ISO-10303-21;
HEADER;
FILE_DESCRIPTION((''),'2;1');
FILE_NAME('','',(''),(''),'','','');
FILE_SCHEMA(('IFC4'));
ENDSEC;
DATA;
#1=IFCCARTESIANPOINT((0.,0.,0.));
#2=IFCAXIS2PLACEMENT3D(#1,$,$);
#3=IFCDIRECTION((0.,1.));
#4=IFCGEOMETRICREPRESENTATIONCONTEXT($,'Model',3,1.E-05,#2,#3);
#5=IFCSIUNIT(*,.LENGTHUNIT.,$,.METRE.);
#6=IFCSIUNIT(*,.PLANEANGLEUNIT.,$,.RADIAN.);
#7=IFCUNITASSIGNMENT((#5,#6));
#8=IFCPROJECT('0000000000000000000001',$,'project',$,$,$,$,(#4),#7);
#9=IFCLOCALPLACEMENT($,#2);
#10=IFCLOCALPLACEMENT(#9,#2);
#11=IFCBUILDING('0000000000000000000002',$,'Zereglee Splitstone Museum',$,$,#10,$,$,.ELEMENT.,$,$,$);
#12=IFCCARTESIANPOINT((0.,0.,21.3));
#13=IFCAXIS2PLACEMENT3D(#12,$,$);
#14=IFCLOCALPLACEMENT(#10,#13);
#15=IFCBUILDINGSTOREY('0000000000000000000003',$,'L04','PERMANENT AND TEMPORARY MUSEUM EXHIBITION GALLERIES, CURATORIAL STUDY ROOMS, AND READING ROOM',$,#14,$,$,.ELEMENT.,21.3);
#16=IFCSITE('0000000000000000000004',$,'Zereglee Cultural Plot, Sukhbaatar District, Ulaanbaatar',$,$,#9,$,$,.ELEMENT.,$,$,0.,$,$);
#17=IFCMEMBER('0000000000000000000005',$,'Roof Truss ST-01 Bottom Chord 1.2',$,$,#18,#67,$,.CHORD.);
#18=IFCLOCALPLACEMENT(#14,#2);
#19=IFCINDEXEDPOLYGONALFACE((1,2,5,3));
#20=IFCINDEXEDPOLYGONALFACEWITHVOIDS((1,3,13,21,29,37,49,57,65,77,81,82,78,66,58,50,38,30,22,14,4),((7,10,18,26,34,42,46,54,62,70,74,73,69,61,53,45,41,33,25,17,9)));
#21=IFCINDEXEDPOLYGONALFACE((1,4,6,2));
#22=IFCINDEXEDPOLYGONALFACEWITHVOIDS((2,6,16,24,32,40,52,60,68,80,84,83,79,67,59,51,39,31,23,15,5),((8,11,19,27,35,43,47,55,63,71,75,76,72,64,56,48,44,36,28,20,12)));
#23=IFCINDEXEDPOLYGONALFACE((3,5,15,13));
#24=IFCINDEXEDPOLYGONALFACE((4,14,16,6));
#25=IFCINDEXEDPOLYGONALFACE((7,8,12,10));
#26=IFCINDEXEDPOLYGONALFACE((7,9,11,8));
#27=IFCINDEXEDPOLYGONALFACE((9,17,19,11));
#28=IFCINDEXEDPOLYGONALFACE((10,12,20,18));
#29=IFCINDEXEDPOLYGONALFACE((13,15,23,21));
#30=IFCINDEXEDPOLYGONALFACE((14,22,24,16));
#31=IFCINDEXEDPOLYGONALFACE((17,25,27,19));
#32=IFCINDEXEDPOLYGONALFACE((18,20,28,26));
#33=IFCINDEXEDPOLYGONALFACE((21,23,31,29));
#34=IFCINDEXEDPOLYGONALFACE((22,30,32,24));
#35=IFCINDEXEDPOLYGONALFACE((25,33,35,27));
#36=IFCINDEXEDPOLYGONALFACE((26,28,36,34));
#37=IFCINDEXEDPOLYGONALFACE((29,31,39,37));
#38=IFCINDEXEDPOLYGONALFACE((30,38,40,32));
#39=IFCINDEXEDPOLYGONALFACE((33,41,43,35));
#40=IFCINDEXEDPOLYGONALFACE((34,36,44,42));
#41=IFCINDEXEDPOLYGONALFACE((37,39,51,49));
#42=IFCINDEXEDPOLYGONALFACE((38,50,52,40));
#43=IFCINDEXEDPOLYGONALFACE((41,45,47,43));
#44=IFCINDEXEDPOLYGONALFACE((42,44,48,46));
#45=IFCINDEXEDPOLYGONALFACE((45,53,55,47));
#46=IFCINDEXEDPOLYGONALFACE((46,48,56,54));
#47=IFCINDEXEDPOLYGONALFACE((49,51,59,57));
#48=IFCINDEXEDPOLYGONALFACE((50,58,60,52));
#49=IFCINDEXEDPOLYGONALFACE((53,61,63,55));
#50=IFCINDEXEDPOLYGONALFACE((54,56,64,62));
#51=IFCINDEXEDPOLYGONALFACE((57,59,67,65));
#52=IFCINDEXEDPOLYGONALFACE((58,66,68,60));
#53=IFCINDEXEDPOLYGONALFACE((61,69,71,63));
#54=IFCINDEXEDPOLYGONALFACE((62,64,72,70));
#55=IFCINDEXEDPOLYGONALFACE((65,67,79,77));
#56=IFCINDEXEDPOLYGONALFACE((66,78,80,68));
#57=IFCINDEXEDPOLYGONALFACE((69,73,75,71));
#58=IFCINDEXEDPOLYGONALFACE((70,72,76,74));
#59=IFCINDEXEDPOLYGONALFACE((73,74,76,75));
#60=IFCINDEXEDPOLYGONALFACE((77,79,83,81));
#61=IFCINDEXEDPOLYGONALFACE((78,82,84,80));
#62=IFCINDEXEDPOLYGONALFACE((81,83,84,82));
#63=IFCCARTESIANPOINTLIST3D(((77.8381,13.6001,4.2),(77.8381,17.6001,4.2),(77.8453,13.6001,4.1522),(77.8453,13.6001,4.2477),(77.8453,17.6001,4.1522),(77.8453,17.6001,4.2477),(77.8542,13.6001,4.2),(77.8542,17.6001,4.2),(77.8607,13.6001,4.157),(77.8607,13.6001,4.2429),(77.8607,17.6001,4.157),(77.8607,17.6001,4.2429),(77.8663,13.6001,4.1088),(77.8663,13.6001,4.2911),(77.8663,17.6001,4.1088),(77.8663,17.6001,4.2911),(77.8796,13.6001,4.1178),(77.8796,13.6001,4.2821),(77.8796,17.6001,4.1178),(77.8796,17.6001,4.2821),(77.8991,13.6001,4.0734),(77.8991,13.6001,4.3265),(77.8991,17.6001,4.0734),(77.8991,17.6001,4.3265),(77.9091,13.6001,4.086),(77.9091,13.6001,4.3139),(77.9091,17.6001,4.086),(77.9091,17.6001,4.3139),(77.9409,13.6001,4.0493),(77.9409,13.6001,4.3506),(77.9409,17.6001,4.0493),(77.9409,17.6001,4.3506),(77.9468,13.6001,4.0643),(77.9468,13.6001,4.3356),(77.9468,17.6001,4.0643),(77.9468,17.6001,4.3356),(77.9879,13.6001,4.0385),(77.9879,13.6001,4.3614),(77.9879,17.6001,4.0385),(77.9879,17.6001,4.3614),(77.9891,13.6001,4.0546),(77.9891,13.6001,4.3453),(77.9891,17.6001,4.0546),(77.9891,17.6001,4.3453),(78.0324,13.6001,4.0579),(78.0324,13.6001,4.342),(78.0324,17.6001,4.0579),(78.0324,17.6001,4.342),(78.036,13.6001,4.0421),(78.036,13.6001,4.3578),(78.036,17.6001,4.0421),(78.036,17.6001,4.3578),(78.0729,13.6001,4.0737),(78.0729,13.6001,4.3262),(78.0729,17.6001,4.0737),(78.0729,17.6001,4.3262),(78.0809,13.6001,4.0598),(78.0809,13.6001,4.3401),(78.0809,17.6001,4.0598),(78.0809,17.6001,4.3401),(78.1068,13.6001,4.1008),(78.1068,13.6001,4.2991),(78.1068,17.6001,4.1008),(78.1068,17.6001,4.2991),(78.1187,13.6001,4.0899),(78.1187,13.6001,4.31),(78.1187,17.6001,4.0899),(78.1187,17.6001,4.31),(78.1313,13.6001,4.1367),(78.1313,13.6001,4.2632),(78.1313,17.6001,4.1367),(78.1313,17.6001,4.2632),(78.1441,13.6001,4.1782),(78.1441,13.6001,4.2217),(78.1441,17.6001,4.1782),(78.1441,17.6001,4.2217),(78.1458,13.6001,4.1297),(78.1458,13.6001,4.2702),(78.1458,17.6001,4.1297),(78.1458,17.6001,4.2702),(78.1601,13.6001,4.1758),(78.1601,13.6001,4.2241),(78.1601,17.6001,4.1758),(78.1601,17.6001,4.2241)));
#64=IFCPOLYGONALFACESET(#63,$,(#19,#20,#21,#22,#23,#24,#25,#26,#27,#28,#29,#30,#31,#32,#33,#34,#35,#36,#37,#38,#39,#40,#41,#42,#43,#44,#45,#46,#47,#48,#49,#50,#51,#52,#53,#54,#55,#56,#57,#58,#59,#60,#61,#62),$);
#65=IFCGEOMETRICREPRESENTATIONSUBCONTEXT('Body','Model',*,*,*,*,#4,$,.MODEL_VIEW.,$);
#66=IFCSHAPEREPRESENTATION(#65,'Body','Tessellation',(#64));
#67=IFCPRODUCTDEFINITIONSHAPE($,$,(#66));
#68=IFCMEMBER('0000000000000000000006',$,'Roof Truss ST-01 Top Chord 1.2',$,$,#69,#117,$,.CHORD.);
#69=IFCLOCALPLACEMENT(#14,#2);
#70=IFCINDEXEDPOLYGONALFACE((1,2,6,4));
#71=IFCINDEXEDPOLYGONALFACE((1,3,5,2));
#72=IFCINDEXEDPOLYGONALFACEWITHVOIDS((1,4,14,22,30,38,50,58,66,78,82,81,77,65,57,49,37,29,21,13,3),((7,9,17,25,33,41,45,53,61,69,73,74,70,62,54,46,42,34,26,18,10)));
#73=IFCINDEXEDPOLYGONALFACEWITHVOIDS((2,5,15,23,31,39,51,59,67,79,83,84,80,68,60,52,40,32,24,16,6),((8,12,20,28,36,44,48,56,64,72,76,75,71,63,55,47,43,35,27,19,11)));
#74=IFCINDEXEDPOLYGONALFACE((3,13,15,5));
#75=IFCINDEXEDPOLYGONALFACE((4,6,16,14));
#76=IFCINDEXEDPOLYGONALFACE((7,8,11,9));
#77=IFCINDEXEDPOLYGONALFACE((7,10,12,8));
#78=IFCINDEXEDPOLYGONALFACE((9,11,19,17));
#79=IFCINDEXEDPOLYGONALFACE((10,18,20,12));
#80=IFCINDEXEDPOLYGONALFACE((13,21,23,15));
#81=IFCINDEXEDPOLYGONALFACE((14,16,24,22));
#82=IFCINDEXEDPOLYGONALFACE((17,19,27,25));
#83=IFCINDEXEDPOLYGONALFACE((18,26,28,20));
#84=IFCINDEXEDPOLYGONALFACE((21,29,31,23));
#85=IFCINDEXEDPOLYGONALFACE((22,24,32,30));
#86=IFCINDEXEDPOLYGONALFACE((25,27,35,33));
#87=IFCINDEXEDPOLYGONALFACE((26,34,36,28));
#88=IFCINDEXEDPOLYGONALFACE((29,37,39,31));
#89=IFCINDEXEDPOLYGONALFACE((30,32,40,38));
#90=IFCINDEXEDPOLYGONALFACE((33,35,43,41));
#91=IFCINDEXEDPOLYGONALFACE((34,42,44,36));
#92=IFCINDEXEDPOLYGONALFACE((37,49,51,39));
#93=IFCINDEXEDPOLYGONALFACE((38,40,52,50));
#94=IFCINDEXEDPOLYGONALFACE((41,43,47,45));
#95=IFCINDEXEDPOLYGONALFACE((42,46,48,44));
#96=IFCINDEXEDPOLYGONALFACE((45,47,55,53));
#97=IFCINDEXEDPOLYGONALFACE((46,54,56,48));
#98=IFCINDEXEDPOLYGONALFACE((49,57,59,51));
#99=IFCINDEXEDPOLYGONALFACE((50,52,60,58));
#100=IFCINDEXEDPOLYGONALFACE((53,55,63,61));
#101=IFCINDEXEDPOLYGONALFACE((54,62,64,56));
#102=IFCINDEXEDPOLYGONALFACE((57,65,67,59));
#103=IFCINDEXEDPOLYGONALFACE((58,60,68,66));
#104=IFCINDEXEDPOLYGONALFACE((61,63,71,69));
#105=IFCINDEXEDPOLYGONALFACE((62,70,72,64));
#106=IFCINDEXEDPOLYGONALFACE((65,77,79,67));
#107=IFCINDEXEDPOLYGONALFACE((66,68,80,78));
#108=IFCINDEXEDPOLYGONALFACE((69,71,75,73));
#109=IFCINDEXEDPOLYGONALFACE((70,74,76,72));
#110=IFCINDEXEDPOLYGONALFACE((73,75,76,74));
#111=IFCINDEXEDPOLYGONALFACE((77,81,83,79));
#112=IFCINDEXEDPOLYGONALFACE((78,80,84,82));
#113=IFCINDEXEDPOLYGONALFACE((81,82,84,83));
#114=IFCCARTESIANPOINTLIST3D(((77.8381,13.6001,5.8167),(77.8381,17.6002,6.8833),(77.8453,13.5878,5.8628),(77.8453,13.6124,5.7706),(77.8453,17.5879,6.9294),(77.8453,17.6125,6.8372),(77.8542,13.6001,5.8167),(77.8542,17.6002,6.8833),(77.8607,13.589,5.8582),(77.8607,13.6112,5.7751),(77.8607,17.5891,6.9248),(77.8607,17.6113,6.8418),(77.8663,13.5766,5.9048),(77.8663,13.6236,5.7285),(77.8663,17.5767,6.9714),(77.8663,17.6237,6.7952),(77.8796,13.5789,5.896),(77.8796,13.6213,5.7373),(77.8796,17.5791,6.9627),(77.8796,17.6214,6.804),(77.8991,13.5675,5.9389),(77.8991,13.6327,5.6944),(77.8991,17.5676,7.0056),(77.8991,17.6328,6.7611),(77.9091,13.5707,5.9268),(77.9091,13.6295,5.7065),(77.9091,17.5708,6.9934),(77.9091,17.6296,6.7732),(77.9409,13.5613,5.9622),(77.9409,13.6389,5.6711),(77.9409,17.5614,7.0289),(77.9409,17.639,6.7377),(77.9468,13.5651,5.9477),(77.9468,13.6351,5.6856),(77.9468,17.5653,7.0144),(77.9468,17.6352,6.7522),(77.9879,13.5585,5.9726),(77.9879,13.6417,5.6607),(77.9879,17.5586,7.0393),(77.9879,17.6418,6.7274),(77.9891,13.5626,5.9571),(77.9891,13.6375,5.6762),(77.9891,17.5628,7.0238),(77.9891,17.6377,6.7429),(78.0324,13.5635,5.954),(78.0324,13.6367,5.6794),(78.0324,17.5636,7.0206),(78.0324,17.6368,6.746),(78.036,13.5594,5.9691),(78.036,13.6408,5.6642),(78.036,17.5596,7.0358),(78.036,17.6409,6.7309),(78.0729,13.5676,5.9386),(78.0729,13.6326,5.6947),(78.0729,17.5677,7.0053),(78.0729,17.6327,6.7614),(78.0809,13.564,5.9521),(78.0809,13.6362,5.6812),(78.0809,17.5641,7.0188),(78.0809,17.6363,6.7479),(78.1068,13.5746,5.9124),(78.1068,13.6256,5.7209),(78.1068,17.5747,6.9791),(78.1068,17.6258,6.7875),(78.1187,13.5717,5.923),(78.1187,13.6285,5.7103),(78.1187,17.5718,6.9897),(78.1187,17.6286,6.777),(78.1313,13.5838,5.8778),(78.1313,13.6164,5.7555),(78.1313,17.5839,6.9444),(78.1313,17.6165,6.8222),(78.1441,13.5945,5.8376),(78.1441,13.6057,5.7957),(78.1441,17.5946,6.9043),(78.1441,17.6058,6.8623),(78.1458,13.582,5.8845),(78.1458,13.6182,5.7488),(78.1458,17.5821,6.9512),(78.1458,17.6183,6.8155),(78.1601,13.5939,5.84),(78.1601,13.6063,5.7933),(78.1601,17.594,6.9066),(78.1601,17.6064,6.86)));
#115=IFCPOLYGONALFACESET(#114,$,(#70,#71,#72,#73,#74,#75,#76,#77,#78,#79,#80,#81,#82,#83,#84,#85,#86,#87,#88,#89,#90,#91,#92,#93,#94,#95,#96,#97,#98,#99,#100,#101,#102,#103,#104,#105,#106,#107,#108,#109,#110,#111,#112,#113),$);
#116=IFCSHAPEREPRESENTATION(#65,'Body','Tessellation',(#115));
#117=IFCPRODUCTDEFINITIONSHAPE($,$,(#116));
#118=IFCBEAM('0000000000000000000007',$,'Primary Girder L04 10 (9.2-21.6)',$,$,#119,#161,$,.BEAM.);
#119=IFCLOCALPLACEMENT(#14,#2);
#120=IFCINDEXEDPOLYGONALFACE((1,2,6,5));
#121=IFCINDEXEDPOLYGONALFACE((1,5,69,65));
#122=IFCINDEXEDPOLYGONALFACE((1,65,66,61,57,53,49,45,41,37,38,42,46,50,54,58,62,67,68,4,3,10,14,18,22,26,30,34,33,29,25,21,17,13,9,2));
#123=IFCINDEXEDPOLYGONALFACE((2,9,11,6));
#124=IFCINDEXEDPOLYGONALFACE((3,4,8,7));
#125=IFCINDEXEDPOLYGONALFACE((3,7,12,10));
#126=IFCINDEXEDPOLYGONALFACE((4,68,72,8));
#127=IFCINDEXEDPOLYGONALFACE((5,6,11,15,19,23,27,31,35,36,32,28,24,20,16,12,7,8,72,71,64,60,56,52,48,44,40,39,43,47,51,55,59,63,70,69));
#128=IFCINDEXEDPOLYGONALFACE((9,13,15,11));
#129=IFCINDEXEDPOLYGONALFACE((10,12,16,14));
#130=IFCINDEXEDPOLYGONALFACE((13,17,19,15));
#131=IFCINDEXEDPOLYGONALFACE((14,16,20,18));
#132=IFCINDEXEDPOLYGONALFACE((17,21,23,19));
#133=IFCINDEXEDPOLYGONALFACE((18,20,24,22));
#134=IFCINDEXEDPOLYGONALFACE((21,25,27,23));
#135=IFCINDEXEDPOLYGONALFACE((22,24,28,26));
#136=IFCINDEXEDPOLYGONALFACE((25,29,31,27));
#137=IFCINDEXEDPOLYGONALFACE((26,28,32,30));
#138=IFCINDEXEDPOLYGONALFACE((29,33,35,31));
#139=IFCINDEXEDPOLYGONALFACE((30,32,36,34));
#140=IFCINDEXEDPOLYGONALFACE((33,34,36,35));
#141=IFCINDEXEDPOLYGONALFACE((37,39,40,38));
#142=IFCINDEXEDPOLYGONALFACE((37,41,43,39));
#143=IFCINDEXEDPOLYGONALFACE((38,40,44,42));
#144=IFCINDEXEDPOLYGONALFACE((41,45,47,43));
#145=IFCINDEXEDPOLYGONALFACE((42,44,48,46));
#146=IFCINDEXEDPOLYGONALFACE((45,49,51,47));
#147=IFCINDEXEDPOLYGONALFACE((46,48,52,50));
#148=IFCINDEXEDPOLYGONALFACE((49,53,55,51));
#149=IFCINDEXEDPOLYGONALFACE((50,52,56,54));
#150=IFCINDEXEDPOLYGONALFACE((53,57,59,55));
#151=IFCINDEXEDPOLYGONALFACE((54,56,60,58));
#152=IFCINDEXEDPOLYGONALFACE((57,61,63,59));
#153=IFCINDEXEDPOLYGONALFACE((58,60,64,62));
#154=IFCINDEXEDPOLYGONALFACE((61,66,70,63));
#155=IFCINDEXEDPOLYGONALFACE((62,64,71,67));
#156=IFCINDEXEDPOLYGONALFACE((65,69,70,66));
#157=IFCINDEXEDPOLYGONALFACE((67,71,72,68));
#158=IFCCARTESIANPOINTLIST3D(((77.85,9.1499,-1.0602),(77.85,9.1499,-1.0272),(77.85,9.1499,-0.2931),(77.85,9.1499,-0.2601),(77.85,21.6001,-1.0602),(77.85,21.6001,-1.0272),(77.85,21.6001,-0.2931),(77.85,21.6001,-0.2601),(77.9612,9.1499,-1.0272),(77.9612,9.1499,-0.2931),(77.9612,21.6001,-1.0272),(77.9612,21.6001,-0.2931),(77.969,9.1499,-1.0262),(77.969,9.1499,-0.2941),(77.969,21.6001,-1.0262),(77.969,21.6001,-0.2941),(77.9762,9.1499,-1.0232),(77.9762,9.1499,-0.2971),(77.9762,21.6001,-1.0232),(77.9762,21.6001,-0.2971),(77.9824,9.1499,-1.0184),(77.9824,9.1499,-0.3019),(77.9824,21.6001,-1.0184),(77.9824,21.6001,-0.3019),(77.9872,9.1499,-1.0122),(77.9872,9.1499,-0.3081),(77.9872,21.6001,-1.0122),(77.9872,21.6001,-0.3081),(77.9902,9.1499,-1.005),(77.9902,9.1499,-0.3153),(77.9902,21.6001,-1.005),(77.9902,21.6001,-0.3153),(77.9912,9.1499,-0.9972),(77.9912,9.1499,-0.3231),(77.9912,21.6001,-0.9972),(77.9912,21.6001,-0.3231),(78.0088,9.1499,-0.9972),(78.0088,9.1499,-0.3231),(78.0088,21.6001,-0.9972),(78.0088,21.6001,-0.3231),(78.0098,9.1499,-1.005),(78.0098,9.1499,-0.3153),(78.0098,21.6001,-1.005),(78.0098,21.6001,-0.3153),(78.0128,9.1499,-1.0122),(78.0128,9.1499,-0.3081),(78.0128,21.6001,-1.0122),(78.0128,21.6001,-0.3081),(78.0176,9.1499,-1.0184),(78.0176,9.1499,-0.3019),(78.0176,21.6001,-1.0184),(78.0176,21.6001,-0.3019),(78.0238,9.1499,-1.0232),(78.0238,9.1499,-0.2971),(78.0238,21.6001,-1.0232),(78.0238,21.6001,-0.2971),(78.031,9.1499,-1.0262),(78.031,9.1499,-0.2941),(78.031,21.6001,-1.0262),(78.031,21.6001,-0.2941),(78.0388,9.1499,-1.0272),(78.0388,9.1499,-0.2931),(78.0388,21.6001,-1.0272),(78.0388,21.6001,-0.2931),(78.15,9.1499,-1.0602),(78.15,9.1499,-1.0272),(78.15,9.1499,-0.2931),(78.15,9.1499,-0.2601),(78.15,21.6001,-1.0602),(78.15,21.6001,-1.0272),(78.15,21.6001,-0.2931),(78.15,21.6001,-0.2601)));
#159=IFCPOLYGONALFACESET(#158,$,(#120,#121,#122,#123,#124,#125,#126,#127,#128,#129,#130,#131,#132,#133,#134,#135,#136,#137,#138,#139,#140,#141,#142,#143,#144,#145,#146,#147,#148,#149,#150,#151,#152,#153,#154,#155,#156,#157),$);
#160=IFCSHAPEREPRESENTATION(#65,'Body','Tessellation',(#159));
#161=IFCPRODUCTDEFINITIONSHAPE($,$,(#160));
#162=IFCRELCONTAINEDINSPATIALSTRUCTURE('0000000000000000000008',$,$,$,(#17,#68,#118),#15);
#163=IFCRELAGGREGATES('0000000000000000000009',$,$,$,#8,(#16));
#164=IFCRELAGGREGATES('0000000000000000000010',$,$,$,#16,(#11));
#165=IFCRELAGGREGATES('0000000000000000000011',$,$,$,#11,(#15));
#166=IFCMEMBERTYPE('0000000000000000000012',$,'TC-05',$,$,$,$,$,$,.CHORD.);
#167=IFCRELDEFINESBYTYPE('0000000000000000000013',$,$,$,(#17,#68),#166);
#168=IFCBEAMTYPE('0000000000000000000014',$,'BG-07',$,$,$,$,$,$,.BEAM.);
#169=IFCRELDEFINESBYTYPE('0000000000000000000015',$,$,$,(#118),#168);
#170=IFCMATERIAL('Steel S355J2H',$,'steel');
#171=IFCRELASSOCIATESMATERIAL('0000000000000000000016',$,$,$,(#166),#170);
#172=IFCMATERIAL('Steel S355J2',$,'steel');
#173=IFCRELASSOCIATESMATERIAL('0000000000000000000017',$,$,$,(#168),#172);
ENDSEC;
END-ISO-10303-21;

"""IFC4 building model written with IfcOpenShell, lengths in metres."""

from ifc_helpers import new_model, si_unit, direction, frame, origin, origin_2d, place, context, subcontext, project, spatial, hollow_circle, i_section, extrude, material, material_profile, profile_set, type_object, element, save


model = new_model("IFC4")

# Units and contexts
model_context = context("Model", 3, precision=1e-05, world=origin(), true_north=direction((0.0, 1.0)))
body_context = subcontext(model_context, "Body", "Model", "MODEL_VIEW")
ifc_project = project(units=[si_unit("LENGTHUNIT", "METRE"), si_unit("PLANEANGLEUNIT", "RADIAN")], contexts=[model_context])

# Site, building, storey
site_placement = place(None, origin())
site = spatial("IfcSite", under=ifc_project, at=site_placement, Name="Zereglee Cultural Plot, Sukhbaatar District, Ulaanbaatar", CompositionType="ELEMENT", RefElevation=0.0)
building_placement = place(site_placement, origin())
building = spatial("IfcBuilding", under=site, at=building_placement, Name="Zereglee Splitstone Museum", CompositionType="ELEMENT")
storey_placement = place(building_placement, frame((0.0, 0.0, 21.3)))
storey = spatial("IfcBuildingStorey", under=building, at=storey_placement, Name="L04", Description="PERMANENT AND TEMPORARY MUSEUM EXHIBITION GALLERIES, CURATORIAL STUDY ROOMS, AND READING ROOM", CompositionType="ELEMENT", Elevation=21.3)

# Members
ifc_material_1 = material(Name="Steel S355J2H", Category="steel")
ifc_material_profile_1 = material_profile(ifc_material_1, hollow_circle(Radius=0.1619, WallThickness=0.0161, at=origin_2d()), Name="CHS 323.9x16")
ifc_profile_set_1 = profile_set([ifc_material_profile_1], Name="Steel S355J2H")
member_type_1 = type_object("IfcMemberType", Name="TC-05", PredefinedType="CHORD", material=ifc_profile_set_1)
member_1_placement = place(storey_placement, frame((78.0, 13.6001, 4.2), z_axis=(0.0, 1.0, 0.0), x_axis=(-1.0, 0.0, 0.0)))
element("IfcMember", 1, at=member_1_placement, inside=storey, type_object=member_type_1, Name="Roof Truss ST-01 Bottom Chord 1.2", PredefinedType="CHORD", context=body_context, shape_type="SweptSolid", body=[
    extrude(hollow_circle(Radius=0.1619, WallThickness=0.0161, at=origin_2d()), origin(), (0.0, 0.0, 1.0), 4.0),
])
member_2_placement = place(storey_placement, frame((78.0, 13.6001, 5.8167), z_axis=(0.0, 0.966236, 0.257659), x_axis=(-1.0, 0.0, 0.0)))
element("IfcMember", 2, at=member_2_placement, inside=storey, type_object=member_type_1, Name="Roof Truss ST-01 Top Chord 1.2", PredefinedType="CHORD", context=body_context, shape_type="SweptSolid", body=[
    extrude(hollow_circle(Radius=0.1619, WallThickness=0.0161, at=origin_2d()), origin(), (0.0, 0.0, 1.0), 4.1399),
])

# Beam
ifc_material_2 = material(Name="Steel S355J2", Category="steel")
ifc_material_profile_2 = material_profile(ifc_material_2, i_section(OverallWidth=0.3, OverallDepth=0.8, WebThickness=0.0176, FlangeThickness=0.033, FilletRadius=0.03, at=origin_2d()), Name="HE 800 B")
ifc_profile_set_2 = profile_set([ifc_material_profile_2], Name="Steel S355J2")
beam_type_1 = type_object("IfcBeamType", Name="BG-07", PredefinedType="BEAM", material=ifc_profile_set_2)
beam_1_placement = place(storey_placement, frame((78.0, 9.1499, -0.6602), z_axis=(0.0, 1.0, 0.0), x_axis=(-1.0, 0.0, 0.0)))
element("IfcBeam", 3, at=beam_1_placement, inside=storey, type_object=beam_type_1, Name="Primary Girder L04 10 (9.2-21.6)", PredefinedType="BEAM", context=body_context, shape_type="SweptSolid", body=[
    extrude(i_section(OverallWidth=0.3, OverallDepth=0.8, WebThickness=0.0176, FlangeThickness=0.033, FilletRadius=0.03, at=origin_2d()), origin(), (0.0, 0.0, 1.0), 12.4502),
])

save(model, "model.ifc")
